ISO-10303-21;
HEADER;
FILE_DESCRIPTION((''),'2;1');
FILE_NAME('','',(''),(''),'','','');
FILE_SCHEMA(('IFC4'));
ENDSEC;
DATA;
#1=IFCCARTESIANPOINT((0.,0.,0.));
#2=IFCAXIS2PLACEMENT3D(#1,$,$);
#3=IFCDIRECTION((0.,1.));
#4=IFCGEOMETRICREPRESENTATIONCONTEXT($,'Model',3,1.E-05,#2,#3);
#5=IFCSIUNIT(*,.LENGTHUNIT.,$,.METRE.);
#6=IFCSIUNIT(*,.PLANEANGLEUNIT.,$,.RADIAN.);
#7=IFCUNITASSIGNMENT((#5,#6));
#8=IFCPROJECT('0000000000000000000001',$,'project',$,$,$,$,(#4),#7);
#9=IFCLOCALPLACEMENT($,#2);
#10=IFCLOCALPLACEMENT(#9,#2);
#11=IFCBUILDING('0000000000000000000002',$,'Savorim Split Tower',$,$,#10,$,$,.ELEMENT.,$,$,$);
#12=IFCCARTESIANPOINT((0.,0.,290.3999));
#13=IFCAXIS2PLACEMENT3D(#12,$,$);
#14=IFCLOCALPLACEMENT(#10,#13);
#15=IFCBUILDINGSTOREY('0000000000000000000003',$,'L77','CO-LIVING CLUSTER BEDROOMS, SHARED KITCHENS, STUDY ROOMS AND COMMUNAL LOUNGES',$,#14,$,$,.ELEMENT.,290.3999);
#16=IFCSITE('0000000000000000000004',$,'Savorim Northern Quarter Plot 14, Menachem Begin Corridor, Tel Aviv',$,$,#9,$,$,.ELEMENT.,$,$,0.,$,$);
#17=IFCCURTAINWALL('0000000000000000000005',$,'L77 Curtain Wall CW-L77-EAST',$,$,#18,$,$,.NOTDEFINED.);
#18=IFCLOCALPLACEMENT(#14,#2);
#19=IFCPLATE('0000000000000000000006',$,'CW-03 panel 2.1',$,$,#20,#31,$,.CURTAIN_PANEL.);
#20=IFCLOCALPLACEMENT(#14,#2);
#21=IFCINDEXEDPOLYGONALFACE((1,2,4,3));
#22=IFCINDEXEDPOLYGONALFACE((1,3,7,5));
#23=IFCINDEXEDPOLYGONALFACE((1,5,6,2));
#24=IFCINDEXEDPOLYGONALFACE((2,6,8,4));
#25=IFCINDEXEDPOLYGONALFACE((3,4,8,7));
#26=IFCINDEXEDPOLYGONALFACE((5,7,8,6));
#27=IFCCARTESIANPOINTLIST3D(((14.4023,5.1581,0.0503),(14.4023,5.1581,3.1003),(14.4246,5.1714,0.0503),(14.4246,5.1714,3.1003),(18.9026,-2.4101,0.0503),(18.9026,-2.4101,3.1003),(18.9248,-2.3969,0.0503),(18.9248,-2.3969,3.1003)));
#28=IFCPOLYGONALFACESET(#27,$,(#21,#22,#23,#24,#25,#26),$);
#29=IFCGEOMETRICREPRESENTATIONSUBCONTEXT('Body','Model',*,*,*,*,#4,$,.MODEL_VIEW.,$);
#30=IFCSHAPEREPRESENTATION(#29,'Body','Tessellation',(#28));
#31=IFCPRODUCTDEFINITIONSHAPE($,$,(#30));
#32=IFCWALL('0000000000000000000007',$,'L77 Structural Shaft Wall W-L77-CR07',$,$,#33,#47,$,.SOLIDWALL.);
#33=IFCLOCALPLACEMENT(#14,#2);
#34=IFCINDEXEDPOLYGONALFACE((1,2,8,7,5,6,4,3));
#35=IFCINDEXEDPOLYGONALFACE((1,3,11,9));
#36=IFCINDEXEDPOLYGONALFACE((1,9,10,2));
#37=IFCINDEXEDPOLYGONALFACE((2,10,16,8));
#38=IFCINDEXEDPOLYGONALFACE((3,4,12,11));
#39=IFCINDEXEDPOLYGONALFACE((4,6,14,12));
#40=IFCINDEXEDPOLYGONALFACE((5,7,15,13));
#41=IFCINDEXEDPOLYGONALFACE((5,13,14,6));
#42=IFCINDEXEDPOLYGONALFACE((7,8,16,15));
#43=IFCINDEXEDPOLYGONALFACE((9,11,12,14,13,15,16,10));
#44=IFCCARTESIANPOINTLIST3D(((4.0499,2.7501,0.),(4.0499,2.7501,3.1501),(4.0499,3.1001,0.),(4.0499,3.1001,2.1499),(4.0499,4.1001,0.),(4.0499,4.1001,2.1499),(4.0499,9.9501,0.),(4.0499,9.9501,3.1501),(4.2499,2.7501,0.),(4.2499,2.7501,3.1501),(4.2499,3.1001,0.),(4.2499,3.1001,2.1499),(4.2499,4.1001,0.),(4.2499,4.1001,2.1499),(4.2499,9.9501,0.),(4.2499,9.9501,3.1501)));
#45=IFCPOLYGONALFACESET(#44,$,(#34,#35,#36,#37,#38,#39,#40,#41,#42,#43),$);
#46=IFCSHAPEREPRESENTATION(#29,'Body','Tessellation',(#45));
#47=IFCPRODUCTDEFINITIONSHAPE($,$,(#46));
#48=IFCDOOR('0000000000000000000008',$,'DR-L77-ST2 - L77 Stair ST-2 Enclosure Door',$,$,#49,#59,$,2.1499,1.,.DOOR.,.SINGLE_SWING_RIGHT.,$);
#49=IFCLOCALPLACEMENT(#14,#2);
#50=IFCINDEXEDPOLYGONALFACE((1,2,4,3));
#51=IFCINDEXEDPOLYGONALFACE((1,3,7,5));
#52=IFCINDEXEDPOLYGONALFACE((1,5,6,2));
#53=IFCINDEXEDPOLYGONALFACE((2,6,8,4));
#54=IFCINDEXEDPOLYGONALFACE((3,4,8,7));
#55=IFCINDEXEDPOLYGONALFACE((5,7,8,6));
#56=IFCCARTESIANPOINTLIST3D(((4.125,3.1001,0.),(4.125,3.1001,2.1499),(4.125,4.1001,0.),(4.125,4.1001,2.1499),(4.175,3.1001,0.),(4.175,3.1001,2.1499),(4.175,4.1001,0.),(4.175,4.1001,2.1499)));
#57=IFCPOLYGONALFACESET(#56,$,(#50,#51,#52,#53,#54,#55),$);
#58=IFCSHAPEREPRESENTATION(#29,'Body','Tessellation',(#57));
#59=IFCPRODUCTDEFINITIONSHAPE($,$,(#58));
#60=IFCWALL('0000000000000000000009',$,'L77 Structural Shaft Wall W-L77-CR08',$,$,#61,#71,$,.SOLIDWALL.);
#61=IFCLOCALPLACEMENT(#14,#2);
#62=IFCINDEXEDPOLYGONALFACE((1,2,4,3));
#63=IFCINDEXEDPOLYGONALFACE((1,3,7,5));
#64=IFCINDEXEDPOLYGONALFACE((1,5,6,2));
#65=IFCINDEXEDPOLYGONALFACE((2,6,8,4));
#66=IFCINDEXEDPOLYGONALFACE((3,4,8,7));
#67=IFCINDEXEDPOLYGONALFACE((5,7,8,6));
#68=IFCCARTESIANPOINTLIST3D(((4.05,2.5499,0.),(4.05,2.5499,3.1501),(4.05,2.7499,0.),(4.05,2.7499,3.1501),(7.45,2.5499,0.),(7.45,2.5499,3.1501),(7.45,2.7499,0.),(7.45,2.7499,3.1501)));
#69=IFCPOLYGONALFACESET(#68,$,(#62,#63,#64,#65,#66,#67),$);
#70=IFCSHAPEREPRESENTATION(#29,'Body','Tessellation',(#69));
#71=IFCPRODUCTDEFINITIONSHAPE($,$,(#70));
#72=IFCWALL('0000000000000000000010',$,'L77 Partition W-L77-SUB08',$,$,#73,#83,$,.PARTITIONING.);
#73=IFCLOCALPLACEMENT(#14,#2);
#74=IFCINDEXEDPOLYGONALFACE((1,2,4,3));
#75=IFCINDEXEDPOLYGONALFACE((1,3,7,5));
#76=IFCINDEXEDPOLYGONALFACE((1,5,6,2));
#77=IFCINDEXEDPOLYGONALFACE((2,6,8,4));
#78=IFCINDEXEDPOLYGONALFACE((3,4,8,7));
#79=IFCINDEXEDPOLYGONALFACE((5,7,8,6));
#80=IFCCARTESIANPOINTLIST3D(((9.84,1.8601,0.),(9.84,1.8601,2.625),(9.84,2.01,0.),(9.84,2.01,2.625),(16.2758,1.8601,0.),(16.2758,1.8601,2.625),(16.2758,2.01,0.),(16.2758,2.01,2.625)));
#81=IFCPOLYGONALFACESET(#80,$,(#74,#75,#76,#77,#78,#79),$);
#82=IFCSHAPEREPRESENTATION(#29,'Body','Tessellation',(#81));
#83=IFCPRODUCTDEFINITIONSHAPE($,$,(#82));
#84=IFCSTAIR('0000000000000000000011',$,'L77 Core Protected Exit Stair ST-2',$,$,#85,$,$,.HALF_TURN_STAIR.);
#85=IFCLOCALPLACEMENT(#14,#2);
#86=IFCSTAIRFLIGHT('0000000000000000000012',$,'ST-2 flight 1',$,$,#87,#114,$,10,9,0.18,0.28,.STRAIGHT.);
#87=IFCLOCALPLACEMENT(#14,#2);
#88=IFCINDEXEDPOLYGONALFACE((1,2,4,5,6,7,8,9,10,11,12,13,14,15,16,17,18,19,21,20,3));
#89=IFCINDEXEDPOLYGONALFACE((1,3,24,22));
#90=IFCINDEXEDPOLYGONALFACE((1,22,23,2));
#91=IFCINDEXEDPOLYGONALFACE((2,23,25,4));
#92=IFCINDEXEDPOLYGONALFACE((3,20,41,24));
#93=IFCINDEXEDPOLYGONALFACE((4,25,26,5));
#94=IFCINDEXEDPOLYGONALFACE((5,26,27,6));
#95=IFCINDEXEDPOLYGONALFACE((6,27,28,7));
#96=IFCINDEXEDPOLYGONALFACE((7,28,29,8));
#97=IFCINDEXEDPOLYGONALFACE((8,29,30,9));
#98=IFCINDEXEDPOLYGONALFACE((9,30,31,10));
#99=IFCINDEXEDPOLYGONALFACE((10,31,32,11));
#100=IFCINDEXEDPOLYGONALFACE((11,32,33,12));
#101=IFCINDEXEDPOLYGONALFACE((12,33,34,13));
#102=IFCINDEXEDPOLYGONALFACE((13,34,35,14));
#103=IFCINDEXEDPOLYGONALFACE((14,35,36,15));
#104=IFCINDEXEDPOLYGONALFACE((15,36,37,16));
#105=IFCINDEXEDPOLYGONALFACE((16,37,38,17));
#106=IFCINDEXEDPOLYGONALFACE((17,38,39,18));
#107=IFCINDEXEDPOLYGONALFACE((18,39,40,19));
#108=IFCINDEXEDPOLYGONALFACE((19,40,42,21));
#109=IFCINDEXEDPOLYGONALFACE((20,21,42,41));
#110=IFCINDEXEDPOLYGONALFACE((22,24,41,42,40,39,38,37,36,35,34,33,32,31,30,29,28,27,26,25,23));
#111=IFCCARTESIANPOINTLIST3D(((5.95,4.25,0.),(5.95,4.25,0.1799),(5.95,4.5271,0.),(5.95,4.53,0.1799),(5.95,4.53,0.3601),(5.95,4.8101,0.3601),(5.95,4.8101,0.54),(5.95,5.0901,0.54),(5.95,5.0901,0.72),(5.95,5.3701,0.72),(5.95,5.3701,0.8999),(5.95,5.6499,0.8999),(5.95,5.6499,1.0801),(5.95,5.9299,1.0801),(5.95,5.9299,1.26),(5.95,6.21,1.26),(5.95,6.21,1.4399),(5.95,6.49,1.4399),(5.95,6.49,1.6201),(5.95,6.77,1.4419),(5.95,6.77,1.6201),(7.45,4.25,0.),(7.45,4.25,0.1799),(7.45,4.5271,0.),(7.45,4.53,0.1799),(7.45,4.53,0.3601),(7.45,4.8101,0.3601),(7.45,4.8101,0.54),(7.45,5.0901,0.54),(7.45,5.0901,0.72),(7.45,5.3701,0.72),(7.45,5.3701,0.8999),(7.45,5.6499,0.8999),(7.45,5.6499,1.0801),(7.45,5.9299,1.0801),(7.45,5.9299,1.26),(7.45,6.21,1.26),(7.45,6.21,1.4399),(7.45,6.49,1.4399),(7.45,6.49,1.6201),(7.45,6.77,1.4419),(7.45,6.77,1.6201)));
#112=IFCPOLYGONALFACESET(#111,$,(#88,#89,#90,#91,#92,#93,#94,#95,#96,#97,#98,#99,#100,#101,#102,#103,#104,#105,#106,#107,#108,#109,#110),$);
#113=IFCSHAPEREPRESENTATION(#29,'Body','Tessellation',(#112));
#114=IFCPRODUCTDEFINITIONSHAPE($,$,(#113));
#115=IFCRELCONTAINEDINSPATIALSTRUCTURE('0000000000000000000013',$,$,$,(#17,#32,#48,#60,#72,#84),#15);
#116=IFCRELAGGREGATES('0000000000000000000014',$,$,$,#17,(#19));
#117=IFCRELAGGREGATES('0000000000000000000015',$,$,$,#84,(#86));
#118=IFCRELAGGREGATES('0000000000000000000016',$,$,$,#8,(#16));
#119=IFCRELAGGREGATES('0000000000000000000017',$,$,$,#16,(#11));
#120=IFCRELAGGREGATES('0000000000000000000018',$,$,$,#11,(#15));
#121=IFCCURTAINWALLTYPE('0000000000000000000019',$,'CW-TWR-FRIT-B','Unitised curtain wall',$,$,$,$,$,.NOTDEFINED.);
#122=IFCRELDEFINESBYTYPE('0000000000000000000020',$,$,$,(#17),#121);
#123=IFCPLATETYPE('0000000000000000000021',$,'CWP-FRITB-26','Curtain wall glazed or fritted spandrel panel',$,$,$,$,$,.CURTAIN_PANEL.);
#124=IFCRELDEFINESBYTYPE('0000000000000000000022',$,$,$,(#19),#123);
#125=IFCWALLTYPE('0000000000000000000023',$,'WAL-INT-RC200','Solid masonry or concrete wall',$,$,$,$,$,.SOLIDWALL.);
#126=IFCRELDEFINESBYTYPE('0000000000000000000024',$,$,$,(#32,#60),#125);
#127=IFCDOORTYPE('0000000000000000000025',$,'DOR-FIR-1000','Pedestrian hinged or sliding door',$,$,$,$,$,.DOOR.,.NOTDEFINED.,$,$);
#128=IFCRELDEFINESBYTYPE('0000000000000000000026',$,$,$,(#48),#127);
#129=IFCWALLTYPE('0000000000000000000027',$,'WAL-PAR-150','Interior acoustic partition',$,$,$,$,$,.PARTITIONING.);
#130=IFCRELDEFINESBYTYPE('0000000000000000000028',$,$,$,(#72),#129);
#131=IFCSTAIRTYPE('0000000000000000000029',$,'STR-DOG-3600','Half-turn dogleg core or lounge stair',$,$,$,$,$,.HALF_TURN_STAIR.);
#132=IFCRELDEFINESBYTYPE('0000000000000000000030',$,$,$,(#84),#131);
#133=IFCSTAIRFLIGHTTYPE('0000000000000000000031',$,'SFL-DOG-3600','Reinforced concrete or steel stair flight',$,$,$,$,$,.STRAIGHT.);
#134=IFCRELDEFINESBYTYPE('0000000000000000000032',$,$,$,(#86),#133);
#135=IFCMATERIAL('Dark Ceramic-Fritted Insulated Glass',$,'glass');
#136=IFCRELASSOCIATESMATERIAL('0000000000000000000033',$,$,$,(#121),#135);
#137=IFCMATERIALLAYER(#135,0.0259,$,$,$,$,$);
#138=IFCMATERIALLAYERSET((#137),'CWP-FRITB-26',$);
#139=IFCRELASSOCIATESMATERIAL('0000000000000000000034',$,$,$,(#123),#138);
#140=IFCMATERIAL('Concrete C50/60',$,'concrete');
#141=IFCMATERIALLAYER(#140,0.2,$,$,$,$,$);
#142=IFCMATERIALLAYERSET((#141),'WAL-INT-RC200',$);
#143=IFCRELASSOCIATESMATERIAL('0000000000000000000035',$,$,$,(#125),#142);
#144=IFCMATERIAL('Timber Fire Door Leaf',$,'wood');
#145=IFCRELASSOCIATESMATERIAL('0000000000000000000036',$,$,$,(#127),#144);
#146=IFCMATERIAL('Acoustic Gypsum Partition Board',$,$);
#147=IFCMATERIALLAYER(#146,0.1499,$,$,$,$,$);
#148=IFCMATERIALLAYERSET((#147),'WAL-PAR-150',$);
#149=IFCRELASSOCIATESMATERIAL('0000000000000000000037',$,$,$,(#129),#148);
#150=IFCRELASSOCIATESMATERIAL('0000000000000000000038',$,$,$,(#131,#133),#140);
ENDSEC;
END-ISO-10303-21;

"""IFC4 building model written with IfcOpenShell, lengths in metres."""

from ifc_helpers import new_model, si_unit, direction, frame, frame_2d, origin, origin_2d, place, context, subcontext, project, spatial, polyline, rectangle, outline, extrude, material, layer, layer_set, type_object, element, fill, aggregate, save


model = new_model("IFC4")

# Units and contexts
model_context = context("Model", 3, precision=1e-05, world=origin(), true_north=direction((0.0, 1.0)))
body_context = subcontext(model_context, "Body", "Model", "MODEL_VIEW")
ifc_project = project(units=[si_unit("LENGTHUNIT", "METRE"), si_unit("PLANEANGLEUNIT", "RADIAN")], contexts=[model_context])

# Site, building, storey
site_placement = place(None, origin())
site = spatial("IfcSite", under=ifc_project, at=site_placement, Name="Savorim Northern Quarter Plot 14, Menachem Begin Corridor, Tel Aviv", CompositionType="ELEMENT", RefElevation=0.0)
building_placement = place(site_placement, origin())
building = spatial("IfcBuilding", under=site, at=building_placement, Name="Savorim Split Tower", CompositionType="ELEMENT")
storey_placement = place(building_placement, frame((0.0, 0.0, 290.3999)))
storey = spatial("IfcBuildingStorey", under=building, at=storey_placement, Name="L77", Description="CO-LIVING CLUSTER BEDROOMS, SHARED KITCHENS, STUDY ROOMS AND COMMUNAL LOUNGES", CompositionType="ELEMENT", Elevation=290.3999)

# Curtain wall, plate
ifc_material_1 = material(Name="Dark Ceramic-Fritted Insulated Glass", Category="glass")
curtain_wall_type = type_object("IfcCurtainWallType", Name="CW-TWR-FRIT-B", Description="Unitised curtain wall", PredefinedType="NOTDEFINED", material=ifc_material_1)
curtain_wall_placement = place(storey_placement, origin())
curtain_wall = element("IfcCurtainWall", 1, at=curtain_wall_placement, inside=storey, type_object=curtain_wall_type, Name="L77 Curtain Wall CW-L77-EAST", PredefinedType="NOTDEFINED")
ifc_layer_1 = layer(ifc_material_1, 0.0259)
ifc_layer_set_1 = layer_set([ifc_layer_1], Name="CWP-FRITB-26")
plate_type = type_object("IfcPlateType", Name="CWP-FRITB-26", Description="Curtain wall glazed or fritted spandrel panel", PredefinedType="CURTAIN_PANEL", material=ifc_layer_set_1)
plate_placement = place(storey_placement, frame((16.6636, 1.3806, 0.0503), z_axis=(0.0, 0.0, 1.0), x_axis=(-0.511092, 0.859526, 0.0)))
plate = element("IfcPlate", 2, at=plate_placement, type_object=plate_type, Name="CW-03 panel 2.1", PredefinedType="CURTAIN_PANEL", context=body_context, shape_type="SweptSolid", body=[
    extrude(rectangle(XDim=8.8052, YDim=0.0259, at=origin_2d()), origin(), (0.0, 0.0, 1.0), 3.05),
])
aggregate(curtain_wall, [plate])

# Wall, opening, door
ifc_material_2 = material(Name="Concrete C50/60", Category="concrete")
ifc_layer_2 = layer(ifc_material_2, 0.2)
ifc_layer_set_2 = layer_set([ifc_layer_2], Name="WAL-INT-RC200")
wall_type_1 = type_object("IfcWallType", Name="WAL-INT-RC200", Description="Solid masonry or concrete wall", PredefinedType="SOLIDWALL", material=ifc_layer_set_2)
wall_1_placement = place(storey_placement, frame((4.1499, 2.75, 0.0), z_axis=(0.0, 0.0, 1.0), x_axis=(0.0, 1.0, 0.0)))
wall_1 = element("IfcWall", 3, at=wall_1_placement, inside=storey, type_object=wall_type_1, Name="L77 Structural Shaft Wall W-L77-CR07", PredefinedType="SOLIDWALL", context=body_context, shape_type="SweptSolid", body=[
    extrude(rectangle(XDim=7.2, YDim=0.2, at=frame_2d((3.6001, 0.0))), origin(), (0.0, 0.0, 1.0), 3.1501),
])
opening_1_placement = place(wall_1_placement, frame((0.3501, 0.0, 0.0)))
opening_1 = element("IfcOpeningElement", 4, at=opening_1_placement, cuts=wall_1, PredefinedType="OPENING", context=body_context, shape_type="SweptSolid", body=[
    extrude(rectangle(XDim=1.0, YDim=2.1499, at=frame_2d((0.5, 1.075))), frame((0.0, 0.1099, 0.0), z_axis=(0.0, -1.0, 0.0), x_axis=(1.0, 0.0, 0.0)), (0.0, 0.0, 1.0), 0.22),
])
ifc_material_3 = material(Name="Timber Fire Door Leaf", Category="wood")
door_type_1 = type_object("IfcDoorType", Name="DOR-FIR-1000", Description="Pedestrian hinged or sliding door", OperationType="NOTDEFINED", PredefinedType="DOOR", material=ifc_material_3)
door_1_placement = place(opening_1_placement, origin())
door_1 = element("IfcDoor", 5, at=door_1_placement, inside=storey, type_object=door_type_1, Name="DR-L77-ST2 - L77 Stair ST-2 Enclosure Door", OperationType="SINGLE_SWING_RIGHT", OverallHeight=2.1499, OverallWidth=1.0, PredefinedType="DOOR", context=body_context, shape_type="SweptSolid", body=[
    extrude(rectangle(XDim=1.0, YDim=2.1499, at=frame_2d((0.5, 1.075))), frame((0.0, 0.0249, 0.0), z_axis=(0.0, -1.0, 0.0), x_axis=(1.0, 0.0, 0.0)), (0.0, 0.0, 1.0), 0.05),
])
fill(opening_1, door_1)

# Wall
wall_2_placement = place(storey_placement, frame((4.05, 2.6499, 0.0), z_axis=(0.0, 0.0, 1.0), x_axis=(1.0, 0.0, 0.0)))
element("IfcWall", 6, at=wall_2_placement, inside=storey, type_object=wall_type_1, Name="L77 Structural Shaft Wall W-L77-CR08", PredefinedType="SOLIDWALL", context=body_context, shape_type="SweptSolid", body=[
    extrude(rectangle(XDim=3.3999, YDim=0.2, at=frame_2d((1.7, 0.0))), origin(), (0.0, 0.0, 1.0), 3.1501),
])

# Wall
ifc_material_4 = material(Name="Acoustic Gypsum Partition Board")
ifc_layer_3 = layer(ifc_material_4, 0.1499)
ifc_layer_set_3 = layer_set([ifc_layer_3], Name="WAL-PAR-150")
wall_type_2 = type_object("IfcWallType", Name="WAL-PAR-150", Description="Interior acoustic partition", PredefinedType="PARTITIONING", material=ifc_layer_set_3)
wall_3_placement = place(storey_placement, frame((9.8401, 1.9351, 0.0), z_axis=(0.0, 0.0, 1.0), x_axis=(1.0, 0.0, 0.0)))
element("IfcWall", 7, at=wall_3_placement, inside=storey, type_object=wall_type_2, Name="L77 Partition W-L77-SUB08", PredefinedType="PARTITIONING", context=body_context, shape_type="SweptSolid", body=[
    extrude(rectangle(XDim=6.4358, YDim=0.1499, at=frame_2d((3.2178, 0.0))), origin(), (0.0, 0.0, 1.0), 2.625),
])

# Stair, stair flight
stair_type = type_object("IfcStairType", Name="STR-DOG-3600", Description="Half-turn dogleg core or lounge stair", PredefinedType="HALF_TURN_STAIR", material=ifc_material_2)
stair_placement = place(storey_placement, origin())
stair = element("IfcStair", 8, at=stair_placement, inside=storey, type_object=stair_type, Name="L77 Core Protected Exit Stair ST-2", PredefinedType="HALF_TURN_STAIR")
stair_flight_type = type_object("IfcStairFlightType", Name="SFL-DOG-3600", Description="Reinforced concrete or steel stair flight", PredefinedType="STRAIGHT", material=ifc_material_2)
stair_flight_placement = place(storey_placement, frame((6.7, 4.25, 0.0), z_axis=(0.0, 0.0, 1.0), x_axis=(0.0, 1.0, 0.0)))
stair_flight = element("IfcStairFlight", 9, at=stair_flight_placement, type_object=stair_flight_type, Name="ST-2 flight 1", NumberOfRisers=10, NumberOfTreads=9, PredefinedType="STRAIGHT", RiserHeight=0.18, TreadLength=0.28, context=body_context, shape_type="SweptSolid", body=[
    extrude(outline(polyline([(0.0, 0.0), (0.0, 0.1799), (0.28, 0.1799), (0.28, 0.3601), (0.5601, 0.3601), (0.5601, 0.54), (0.8401, 0.54), (0.8401, 0.72), (1.1201, 0.72), (1.1201, 0.8999), (1.3999, 0.8999), (1.3999, 1.0801), (1.6799, 1.0801), (1.6799, 1.26), (1.96, 1.26), (1.96, 1.4399), (2.24, 1.4399), (2.24, 1.6201), (2.52, 1.6201), (2.52, 1.8), (2.52, 1.4419), (0.2771, 0.0), (0.0, 0.0)])), frame((0.0, 0.75, 0.0), z_axis=(0.0, -1.0, 0.0), x_axis=(1.0, 0.0, 0.0)), (0.0, 0.0, 1.0), 1.5),
])
aggregate(stair, [stair_flight])

save(model, "model.ifc")
